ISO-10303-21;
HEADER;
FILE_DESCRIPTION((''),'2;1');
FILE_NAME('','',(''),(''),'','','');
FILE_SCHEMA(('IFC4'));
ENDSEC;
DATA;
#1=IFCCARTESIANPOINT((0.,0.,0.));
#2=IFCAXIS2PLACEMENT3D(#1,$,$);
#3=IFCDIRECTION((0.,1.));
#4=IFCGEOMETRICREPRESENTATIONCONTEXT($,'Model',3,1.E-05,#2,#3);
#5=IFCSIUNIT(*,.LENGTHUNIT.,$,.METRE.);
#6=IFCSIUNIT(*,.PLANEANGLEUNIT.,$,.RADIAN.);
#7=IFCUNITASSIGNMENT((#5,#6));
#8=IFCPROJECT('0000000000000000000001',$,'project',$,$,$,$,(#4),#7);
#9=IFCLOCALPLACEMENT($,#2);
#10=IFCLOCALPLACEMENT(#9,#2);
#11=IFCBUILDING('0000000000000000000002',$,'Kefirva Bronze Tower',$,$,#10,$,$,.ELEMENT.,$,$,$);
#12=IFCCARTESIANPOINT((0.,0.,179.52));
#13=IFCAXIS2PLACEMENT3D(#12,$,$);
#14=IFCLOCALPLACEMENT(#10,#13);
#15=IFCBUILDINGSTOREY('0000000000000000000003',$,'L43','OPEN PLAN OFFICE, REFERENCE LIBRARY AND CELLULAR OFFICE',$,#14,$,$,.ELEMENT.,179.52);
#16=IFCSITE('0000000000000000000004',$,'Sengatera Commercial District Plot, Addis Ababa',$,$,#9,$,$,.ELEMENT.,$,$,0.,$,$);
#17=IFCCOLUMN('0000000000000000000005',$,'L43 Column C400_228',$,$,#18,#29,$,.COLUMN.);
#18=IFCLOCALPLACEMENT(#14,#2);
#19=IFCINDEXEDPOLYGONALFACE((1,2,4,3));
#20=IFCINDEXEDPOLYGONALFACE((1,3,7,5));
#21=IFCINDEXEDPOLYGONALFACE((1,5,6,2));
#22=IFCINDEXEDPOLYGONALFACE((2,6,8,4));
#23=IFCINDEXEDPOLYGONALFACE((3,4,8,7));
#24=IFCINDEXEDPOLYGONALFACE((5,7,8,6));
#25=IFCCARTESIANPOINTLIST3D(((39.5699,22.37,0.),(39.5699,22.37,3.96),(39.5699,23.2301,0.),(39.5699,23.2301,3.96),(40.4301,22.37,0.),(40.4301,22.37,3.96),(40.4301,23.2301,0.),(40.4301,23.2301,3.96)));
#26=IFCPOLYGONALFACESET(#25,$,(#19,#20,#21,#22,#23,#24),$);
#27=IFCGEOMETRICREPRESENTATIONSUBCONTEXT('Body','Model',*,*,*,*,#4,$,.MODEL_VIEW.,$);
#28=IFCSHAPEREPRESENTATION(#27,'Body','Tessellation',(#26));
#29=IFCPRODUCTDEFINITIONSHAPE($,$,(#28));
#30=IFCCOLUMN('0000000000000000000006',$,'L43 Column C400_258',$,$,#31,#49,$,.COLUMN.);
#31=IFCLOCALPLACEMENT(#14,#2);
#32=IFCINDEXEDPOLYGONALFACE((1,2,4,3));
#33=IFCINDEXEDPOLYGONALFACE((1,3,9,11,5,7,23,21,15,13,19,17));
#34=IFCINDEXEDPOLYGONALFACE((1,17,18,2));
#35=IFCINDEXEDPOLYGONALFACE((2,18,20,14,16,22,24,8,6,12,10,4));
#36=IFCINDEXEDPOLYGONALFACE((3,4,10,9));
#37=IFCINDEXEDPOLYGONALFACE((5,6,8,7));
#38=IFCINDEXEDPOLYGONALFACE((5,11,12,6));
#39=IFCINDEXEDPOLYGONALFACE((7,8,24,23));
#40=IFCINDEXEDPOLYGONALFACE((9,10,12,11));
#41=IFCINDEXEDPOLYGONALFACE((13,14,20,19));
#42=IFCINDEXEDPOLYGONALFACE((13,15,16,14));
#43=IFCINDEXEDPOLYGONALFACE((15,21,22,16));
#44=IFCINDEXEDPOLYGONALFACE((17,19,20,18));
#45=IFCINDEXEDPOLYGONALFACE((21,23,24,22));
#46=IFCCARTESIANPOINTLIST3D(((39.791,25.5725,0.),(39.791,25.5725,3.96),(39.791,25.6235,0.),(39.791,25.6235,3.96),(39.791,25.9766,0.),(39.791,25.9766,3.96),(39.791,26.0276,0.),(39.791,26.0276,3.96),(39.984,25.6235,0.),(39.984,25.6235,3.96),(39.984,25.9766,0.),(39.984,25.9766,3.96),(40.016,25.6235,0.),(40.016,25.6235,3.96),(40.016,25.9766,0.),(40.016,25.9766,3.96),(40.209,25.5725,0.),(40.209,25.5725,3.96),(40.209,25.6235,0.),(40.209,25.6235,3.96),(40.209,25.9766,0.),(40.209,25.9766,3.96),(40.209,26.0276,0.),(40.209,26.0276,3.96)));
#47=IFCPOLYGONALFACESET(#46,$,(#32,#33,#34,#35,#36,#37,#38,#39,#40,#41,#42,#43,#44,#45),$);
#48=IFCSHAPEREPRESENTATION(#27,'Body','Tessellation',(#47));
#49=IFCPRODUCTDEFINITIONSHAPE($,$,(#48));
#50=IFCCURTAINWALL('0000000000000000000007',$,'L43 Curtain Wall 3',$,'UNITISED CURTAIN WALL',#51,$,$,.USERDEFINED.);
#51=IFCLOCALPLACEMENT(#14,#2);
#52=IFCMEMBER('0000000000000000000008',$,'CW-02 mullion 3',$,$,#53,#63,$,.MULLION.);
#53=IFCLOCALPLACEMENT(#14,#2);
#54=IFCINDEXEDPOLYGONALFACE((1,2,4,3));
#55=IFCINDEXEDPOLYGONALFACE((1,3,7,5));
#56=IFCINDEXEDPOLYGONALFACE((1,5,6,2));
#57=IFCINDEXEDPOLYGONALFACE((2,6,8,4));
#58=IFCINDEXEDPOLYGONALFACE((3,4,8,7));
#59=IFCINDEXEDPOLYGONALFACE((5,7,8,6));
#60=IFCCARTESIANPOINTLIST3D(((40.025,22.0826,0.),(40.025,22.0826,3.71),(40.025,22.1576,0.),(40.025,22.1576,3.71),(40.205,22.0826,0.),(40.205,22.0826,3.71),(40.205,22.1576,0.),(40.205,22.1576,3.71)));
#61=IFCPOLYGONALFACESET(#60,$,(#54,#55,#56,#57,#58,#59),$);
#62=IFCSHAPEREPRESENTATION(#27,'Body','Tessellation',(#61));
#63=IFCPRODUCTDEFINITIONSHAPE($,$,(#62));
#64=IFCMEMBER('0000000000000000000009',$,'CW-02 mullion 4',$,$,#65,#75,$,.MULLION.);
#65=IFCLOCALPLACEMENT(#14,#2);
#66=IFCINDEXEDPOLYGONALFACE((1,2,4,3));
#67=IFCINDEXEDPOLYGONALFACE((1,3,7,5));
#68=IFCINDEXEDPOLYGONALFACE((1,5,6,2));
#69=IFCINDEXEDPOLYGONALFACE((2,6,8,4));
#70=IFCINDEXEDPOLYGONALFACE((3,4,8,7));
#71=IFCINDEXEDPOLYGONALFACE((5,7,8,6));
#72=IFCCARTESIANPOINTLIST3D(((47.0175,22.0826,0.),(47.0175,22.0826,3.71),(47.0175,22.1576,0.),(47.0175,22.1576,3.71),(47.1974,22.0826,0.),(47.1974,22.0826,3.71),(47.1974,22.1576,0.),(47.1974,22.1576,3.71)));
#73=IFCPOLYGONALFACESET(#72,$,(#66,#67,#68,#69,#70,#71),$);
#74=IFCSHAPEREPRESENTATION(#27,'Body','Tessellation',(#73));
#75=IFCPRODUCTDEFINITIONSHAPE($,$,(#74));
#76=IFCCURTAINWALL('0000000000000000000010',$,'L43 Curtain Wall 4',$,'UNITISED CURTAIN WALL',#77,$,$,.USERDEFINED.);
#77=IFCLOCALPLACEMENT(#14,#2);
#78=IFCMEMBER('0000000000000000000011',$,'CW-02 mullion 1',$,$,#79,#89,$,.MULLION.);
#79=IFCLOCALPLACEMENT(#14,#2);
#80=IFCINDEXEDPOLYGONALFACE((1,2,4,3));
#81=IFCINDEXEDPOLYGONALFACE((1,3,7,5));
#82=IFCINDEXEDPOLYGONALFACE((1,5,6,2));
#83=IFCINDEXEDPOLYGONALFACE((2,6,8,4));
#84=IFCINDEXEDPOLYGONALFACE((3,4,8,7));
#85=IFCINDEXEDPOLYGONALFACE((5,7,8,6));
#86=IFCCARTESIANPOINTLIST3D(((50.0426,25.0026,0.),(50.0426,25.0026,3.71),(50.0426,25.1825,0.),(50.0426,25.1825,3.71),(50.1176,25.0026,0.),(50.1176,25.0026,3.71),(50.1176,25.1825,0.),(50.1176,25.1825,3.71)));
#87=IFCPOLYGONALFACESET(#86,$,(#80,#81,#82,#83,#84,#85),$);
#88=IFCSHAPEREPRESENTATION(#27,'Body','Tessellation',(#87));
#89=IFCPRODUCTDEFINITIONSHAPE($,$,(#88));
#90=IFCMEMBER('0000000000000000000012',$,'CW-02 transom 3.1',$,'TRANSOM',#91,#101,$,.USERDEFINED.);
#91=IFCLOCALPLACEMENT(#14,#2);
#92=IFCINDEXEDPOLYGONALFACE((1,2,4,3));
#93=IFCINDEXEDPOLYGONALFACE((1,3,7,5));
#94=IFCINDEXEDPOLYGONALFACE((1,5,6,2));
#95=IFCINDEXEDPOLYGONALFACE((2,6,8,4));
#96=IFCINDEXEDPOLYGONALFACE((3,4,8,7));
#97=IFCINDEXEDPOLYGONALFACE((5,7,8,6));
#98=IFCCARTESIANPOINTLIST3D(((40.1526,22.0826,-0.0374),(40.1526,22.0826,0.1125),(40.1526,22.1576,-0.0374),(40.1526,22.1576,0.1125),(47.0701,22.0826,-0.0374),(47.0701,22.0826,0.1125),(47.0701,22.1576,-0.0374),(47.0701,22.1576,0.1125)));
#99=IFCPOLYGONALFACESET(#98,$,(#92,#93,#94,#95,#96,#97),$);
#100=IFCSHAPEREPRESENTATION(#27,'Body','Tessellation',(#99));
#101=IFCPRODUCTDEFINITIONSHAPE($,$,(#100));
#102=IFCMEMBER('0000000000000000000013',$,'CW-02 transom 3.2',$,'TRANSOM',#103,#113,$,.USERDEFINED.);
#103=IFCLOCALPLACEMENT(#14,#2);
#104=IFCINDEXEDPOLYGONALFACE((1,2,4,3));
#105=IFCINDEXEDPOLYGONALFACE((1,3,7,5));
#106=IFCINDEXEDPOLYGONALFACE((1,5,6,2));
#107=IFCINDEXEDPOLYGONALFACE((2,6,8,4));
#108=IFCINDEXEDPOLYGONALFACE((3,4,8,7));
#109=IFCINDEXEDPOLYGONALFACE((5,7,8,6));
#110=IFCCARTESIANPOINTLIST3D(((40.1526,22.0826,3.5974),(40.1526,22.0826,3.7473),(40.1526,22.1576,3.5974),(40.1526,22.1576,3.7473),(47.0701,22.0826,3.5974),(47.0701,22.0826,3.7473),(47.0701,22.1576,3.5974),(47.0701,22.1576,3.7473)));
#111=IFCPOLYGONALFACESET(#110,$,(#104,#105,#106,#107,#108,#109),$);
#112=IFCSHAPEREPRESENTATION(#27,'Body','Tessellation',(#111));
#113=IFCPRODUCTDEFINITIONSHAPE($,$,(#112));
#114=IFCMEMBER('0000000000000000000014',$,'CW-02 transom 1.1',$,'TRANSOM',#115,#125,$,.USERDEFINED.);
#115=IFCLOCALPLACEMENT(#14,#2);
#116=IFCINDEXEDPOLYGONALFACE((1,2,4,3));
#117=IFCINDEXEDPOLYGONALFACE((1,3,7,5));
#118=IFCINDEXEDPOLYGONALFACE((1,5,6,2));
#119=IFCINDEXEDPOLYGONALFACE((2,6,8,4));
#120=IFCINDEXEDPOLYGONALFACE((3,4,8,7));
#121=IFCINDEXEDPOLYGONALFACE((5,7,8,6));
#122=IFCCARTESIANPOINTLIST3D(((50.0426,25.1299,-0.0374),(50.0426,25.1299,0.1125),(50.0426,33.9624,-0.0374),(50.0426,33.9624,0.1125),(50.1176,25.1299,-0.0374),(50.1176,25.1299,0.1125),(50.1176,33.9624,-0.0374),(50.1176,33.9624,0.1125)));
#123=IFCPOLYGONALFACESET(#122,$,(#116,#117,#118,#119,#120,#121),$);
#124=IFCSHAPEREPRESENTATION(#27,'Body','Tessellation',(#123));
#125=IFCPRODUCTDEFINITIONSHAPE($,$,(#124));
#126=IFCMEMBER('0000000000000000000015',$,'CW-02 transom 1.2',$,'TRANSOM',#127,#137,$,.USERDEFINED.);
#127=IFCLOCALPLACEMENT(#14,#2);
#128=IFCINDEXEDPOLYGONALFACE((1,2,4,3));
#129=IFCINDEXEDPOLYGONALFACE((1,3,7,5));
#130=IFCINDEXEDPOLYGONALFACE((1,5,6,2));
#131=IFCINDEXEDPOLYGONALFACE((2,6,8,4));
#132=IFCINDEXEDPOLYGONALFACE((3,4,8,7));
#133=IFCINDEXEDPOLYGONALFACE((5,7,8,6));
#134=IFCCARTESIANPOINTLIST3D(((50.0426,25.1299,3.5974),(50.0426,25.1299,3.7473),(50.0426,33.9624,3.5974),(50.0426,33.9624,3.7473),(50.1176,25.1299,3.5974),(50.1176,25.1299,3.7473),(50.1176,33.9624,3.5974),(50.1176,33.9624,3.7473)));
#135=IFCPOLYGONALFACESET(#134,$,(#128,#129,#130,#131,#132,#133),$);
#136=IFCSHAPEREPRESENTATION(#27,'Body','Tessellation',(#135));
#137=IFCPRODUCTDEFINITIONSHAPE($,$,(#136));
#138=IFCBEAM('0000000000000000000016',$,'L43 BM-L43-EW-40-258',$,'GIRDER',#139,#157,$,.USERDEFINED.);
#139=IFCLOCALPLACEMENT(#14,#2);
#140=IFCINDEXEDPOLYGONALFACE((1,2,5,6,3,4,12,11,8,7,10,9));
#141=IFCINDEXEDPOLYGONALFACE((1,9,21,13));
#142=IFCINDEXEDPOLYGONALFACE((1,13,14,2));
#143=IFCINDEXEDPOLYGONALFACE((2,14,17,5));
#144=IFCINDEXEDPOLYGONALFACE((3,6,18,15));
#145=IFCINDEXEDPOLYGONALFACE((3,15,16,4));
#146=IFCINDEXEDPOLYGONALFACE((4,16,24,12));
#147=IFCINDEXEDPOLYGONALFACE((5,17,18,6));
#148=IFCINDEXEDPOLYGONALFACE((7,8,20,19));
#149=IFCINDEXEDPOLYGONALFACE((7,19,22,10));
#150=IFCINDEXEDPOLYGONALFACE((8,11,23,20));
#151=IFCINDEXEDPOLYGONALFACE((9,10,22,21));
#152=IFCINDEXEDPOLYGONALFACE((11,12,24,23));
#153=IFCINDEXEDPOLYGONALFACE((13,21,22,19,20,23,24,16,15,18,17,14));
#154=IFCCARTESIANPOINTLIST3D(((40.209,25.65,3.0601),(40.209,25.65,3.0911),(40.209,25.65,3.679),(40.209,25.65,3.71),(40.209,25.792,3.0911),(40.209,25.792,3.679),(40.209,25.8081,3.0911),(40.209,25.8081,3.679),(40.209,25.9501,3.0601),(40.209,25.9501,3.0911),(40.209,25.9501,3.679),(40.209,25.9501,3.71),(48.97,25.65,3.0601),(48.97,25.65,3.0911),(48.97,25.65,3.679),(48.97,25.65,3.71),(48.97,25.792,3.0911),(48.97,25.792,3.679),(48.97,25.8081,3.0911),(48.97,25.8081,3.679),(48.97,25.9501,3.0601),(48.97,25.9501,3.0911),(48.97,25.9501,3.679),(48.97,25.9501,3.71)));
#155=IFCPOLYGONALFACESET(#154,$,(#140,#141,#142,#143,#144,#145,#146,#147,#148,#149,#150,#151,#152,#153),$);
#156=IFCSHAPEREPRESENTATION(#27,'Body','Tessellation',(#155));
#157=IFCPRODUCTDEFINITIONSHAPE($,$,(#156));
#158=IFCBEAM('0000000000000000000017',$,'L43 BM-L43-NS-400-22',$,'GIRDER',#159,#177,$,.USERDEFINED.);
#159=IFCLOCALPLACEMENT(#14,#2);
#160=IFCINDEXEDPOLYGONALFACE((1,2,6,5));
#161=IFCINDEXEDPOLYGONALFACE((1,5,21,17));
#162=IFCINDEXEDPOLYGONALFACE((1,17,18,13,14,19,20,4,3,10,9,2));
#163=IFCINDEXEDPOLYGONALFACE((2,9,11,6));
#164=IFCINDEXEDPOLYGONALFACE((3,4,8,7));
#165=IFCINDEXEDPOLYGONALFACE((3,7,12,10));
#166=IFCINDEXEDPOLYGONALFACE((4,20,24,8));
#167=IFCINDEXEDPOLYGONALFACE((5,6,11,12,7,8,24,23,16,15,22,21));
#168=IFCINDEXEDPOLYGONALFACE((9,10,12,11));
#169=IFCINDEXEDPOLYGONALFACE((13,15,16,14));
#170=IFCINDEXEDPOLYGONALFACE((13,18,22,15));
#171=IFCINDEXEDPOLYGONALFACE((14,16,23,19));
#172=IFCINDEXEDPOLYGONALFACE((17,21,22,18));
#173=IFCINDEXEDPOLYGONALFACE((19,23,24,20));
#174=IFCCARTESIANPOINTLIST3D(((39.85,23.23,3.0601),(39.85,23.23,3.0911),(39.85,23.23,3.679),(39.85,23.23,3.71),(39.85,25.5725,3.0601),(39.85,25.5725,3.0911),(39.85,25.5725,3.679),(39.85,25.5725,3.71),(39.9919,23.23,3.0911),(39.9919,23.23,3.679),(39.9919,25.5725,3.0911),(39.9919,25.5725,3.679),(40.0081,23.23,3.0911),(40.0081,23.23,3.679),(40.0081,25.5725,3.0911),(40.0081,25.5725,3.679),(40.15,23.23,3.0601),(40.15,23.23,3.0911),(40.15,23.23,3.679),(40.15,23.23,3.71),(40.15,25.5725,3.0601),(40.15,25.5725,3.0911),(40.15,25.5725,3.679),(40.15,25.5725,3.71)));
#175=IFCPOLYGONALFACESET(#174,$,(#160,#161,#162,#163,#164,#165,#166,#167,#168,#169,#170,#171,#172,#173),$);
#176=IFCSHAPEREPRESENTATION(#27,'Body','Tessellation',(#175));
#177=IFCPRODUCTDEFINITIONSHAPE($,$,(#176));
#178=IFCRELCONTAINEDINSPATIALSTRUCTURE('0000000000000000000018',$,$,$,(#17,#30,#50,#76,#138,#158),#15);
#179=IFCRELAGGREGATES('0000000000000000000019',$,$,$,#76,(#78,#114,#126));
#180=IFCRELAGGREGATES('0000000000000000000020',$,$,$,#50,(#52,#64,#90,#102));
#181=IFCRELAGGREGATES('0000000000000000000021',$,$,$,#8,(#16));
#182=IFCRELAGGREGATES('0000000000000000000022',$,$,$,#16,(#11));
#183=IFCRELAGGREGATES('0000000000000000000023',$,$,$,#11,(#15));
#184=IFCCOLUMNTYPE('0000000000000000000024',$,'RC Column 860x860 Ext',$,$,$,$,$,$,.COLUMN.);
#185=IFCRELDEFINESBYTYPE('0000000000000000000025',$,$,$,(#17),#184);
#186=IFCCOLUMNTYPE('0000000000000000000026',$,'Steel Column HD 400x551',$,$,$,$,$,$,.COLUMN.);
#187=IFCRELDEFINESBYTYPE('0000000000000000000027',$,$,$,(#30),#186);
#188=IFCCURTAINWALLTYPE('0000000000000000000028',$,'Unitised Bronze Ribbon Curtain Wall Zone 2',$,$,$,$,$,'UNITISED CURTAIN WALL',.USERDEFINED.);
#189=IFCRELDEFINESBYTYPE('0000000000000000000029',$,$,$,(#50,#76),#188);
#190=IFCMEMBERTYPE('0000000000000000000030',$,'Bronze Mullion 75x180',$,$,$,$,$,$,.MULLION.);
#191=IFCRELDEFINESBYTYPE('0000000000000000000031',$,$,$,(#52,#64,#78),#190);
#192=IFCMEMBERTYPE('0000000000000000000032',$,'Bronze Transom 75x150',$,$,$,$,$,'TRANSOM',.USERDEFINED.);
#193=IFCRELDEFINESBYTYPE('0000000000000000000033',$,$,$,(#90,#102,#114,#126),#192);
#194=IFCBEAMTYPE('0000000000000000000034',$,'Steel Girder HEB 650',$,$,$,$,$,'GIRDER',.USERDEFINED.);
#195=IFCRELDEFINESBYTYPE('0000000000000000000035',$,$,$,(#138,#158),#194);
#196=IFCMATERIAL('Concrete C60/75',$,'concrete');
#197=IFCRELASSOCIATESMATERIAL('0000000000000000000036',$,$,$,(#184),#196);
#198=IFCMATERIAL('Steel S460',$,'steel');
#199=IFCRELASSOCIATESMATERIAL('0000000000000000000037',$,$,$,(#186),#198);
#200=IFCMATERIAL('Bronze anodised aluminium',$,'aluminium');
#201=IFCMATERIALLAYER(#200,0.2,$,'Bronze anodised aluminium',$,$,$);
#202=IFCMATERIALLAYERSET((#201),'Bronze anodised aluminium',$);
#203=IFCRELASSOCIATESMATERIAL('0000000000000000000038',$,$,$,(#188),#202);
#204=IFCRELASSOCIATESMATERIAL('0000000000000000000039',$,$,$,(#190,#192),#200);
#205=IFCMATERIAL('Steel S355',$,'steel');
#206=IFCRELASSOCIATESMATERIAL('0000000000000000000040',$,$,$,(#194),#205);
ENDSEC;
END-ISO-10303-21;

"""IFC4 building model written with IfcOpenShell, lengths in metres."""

from ifc_helpers import new_model, si_unit, direction, frame, origin, origin_2d, place, context, subcontext, project, spatial, rectangle, i_section, extrude, material, layer, layer_set, material_profile, profile_set, type_object, element, aggregate, save


model = new_model("IFC4")

# Units and contexts
model_context = context("Model", 3, precision=1e-05, world=origin(), true_north=direction((0.0, 1.0)))
body_context = subcontext(model_context, "Body", "Model", "MODEL_VIEW")
ifc_project = project(units=[si_unit("LENGTHUNIT", "METRE"), si_unit("PLANEANGLEUNIT", "RADIAN")], contexts=[model_context])

# Site, building, storey
site_placement = place(None, origin())
site = spatial("IfcSite", under=ifc_project, at=site_placement, Name="Sengatera Commercial District Plot, Addis Ababa", CompositionType="ELEMENT", RefElevation=0.0)
building_placement = place(site_placement, origin())
building = spatial("IfcBuilding", under=site, at=building_placement, Name="Kefirva Bronze Tower", CompositionType="ELEMENT")
storey_placement = place(building_placement, frame((0.0, 0.0, 179.52)))
storey = spatial("IfcBuildingStorey", under=building, at=storey_placement, Name="L43", Description="OPEN PLAN OFFICE, REFERENCE LIBRARY AND CELLULAR OFFICE", CompositionType="ELEMENT", Elevation=179.52)

# Columns
ifc_material_1 = material(Name="Concrete C60/75", Category="concrete")
ifc_material_profile_1 = material_profile(ifc_material_1, rectangle(XDim=0.8601, YDim=0.8601, at=origin_2d()), Name="RC 860x860")
ifc_profile_set_1 = profile_set([ifc_material_profile_1], Name="Concrete C60/75")
column_type_1 = type_object("IfcColumnType", Name="RC Column 860x860 Ext", PredefinedType="COLUMN", material=ifc_profile_set_1)
column_1_placement = place(storey_placement, frame((40.0, 22.8, 0.0), z_axis=(0.0, 0.0, 1.0), x_axis=(1.0, 0.0, 0.0)))
element("IfcColumn", 1, at=column_1_placement, inside=storey, type_object=column_type_1, Name="L43 Column C400_228", PredefinedType="COLUMN", context=body_context, shape_type="SweptSolid", body=[
    extrude(rectangle(XDim=0.8601, YDim=0.8601, at=origin_2d()), origin(), (0.0, 0.0, 1.0), 3.96),
])
ifc_material_2 = material(Name="Steel S460", Category="steel")
ifc_material_profile_2 = material_profile(ifc_material_2, i_section(OverallWidth=0.418, OverallDepth=0.4551, WebThickness=0.032, FlangeThickness=0.051, at=origin_2d()), Name="HD 400x551")
ifc_profile_set_2 = profile_set([ifc_material_profile_2], Name="Steel S460")
column_type_2 = type_object("IfcColumnType", Name="Steel Column HD 400x551", PredefinedType="COLUMN", material=ifc_profile_set_2)
column_2_placement = place(storey_placement, frame((40.0, 25.8, 0.0), z_axis=(0.0, 0.0, 1.0), x_axis=(1.0, 0.0, 0.0)))
element("IfcColumn", 2, at=column_2_placement, inside=storey, type_object=column_type_2, Name="L43 Column C400_258", PredefinedType="COLUMN", context=body_context, shape_type="SweptSolid", body=[
    extrude(i_section(OverallWidth=0.418, OverallDepth=0.4551, WebThickness=0.032, FlangeThickness=0.051, at=origin_2d()), origin(), (0.0, 0.0, 1.0), 3.96),
])

# Curtain wall, members
ifc_material_3 = material(Name="Bronze anodised aluminium", Category="aluminium")
ifc_layer_1 = layer(ifc_material_3, 0.2, Name="Bronze anodised aluminium")
ifc_layer_set_1 = layer_set([ifc_layer_1], Name="Bronze anodised aluminium")
curtain_wall_type = type_object("IfcCurtainWallType", Name="Unitised Bronze Ribbon Curtain Wall Zone 2", ElementType="UNITISED CURTAIN WALL", PredefinedType="USERDEFINED", material=ifc_layer_set_1)
curtain_wall_1_placement = place(storey_placement, origin())
curtain_wall_1 = element("IfcCurtainWall", 3, at=curtain_wall_1_placement, inside=storey, type_object=curtain_wall_type, Name="L43 Curtain Wall 3", ObjectType="UNITISED CURTAIN WALL", PredefinedType="USERDEFINED")
ifc_material_profile_3 = material_profile(ifc_material_3, rectangle(XDim=0.075, YDim=0.1799, at=origin_2d()), Name="ALU 75x180")
ifc_profile_set_3 = profile_set([ifc_material_profile_3], Name="Bronze anodised aluminium")
member_type_1 = type_object("IfcMemberType", Name="Bronze Mullion 75x180", PredefinedType="MULLION", material=ifc_profile_set_3)
member_1_placement = place(storey_placement, frame((40.115, 22.1201, 0.0), z_axis=(0.0, 0.0, 1.0), x_axis=(0.0, 1.0, 0.0)))
member_1 = element("IfcMember", 4, at=member_1_placement, type_object=member_type_1, Name="CW-02 mullion 3", PredefinedType="MULLION", context=body_context, shape_type="SweptSolid", body=[
    extrude(rectangle(XDim=0.075, YDim=0.1799, at=origin_2d()), origin(), (0.0, 0.0, 1.0), 3.71),
])
member_2_placement = place(storey_placement, frame((47.1074, 22.1201, 0.0), z_axis=(0.0, 0.0, 1.0), x_axis=(0.0, 1.0, 0.0)))
member_2 = element("IfcMember", 5, at=member_2_placement, type_object=member_type_1, Name="CW-02 mullion 4", PredefinedType="MULLION", context=body_context, shape_type="SweptSolid", body=[
    extrude(rectangle(XDim=0.075, YDim=0.1799, at=origin_2d()), origin(), (0.0, 0.0, 1.0), 3.71),
])

# Curtain wall, member
curtain_wall_2_placement = place(storey_placement, origin())
curtain_wall_2 = element("IfcCurtainWall", 6, at=curtain_wall_2_placement, inside=storey, type_object=curtain_wall_type, Name="L43 Curtain Wall 4", ObjectType="UNITISED CURTAIN WALL", PredefinedType="USERDEFINED")
member_3_placement = place(storey_placement, frame((50.0801, 25.0925, 0.0), z_axis=(0.0, 0.0, 1.0), x_axis=(-1.0, 0.0, 0.0)))
member_3 = element("IfcMember", 7, at=member_3_placement, type_object=member_type_1, Name="CW-02 mullion 1", PredefinedType="MULLION", context=body_context, shape_type="SweptSolid", body=[
    extrude(rectangle(XDim=0.075, YDim=0.1799, at=origin_2d()), origin(), (0.0, 0.0, 1.0), 3.71),
])

# Members
ifc_material_profile_4 = material_profile(ifc_material_3, rectangle(XDim=0.075, YDim=0.1499, at=origin_2d()), Name="ALU 75x150")
ifc_profile_set_4 = profile_set([ifc_material_profile_4], Name="Bronze anodised aluminium")
member_type_2 = type_object("IfcMemberType", Name="Bronze Transom 75x150", ElementType="TRANSOM", PredefinedType="USERDEFINED", material=ifc_profile_set_4)
member_4_placement = place(storey_placement, frame((40.1526, 22.1201, 0.0376), z_axis=(1.0, 0.0, 0.0), x_axis=(0.0, 1.0, 0.0)))
member_4 = element("IfcMember", 8, at=member_4_placement, type_object=member_type_2, Name="CW-02 transom 3.1", ObjectType="TRANSOM", PredefinedType="USERDEFINED", context=body_context, shape_type="SweptSolid", body=[
    extrude(rectangle(XDim=0.075, YDim=0.1499, at=origin_2d()), origin(), (0.0, 0.0, 1.0), 6.9175),
])
member_5_placement = place(storey_placement, frame((40.1526, 22.1201, 3.6724), z_axis=(1.0, 0.0, 0.0), x_axis=(0.0, 1.0, 0.0)))
member_5 = element("IfcMember", 9, at=member_5_placement, type_object=member_type_2, Name="CW-02 transom 3.2", ObjectType="TRANSOM", PredefinedType="USERDEFINED", context=body_context, shape_type="SweptSolid", body=[
    extrude(rectangle(XDim=0.075, YDim=0.1499, at=origin_2d()), origin(), (0.0, 0.0, 1.0), 6.9175),
])
member_6_placement = place(storey_placement, frame((50.0801, 25.1299, 0.0376), z_axis=(0.0, 1.0, 0.0), x_axis=(-1.0, 0.0, 0.0)))
member_6 = element("IfcMember", 10, at=member_6_placement, type_object=member_type_2, Name="CW-02 transom 1.1", ObjectType="TRANSOM", PredefinedType="USERDEFINED", context=body_context, shape_type="SweptSolid", body=[
    extrude(rectangle(XDim=0.075, YDim=0.1499, at=origin_2d()), origin(), (0.0, 0.0, 1.0), 8.8325),
])
member_7_placement = place(storey_placement, frame((50.0801, 25.1299, 3.6724), z_axis=(0.0, 1.0, 0.0), x_axis=(-1.0, 0.0, 0.0)))
member_7 = element("IfcMember", 11, at=member_7_placement, type_object=member_type_2, Name="CW-02 transom 1.2", ObjectType="TRANSOM", PredefinedType="USERDEFINED", context=body_context, shape_type="SweptSolid", body=[
    extrude(rectangle(XDim=0.075, YDim=0.1499, at=origin_2d()), origin(), (0.0, 0.0, 1.0), 8.8325),
])
aggregate(curtain_wall_2, [member_3, member_6, member_7])

# Beams
ifc_material_4 = material(Name="Steel S355", Category="steel")
ifc_material_profile_5 = material_profile(ifc_material_4, i_section(OverallWidth=0.3, OverallDepth=0.6499, WebThickness=0.0161, FlangeThickness=0.031, at=origin_2d()), Name="HEB 650")
ifc_profile_set_5 = profile_set([ifc_material_profile_5], Name="Steel S355")
beam_type = type_object("IfcBeamType", Name="Steel Girder HEB 650", ElementType="GIRDER", PredefinedType="USERDEFINED", material=ifc_profile_set_5)
beam_1_placement = place(storey_placement, frame((40.209, 25.8, 3.385), z_axis=(1.0, 0.0, 0.0), x_axis=(0.0, 1.0, 0.0)))
element("IfcBeam", 12, at=beam_1_placement, inside=storey, type_object=beam_type, Name="L43 BM-L43-EW-40-258", ObjectType="GIRDER", PredefinedType="USERDEFINED", context=body_context, shape_type="SweptSolid", body=[
    extrude(i_section(OverallWidth=0.3, OverallDepth=0.6499, WebThickness=0.0161, FlangeThickness=0.031, at=origin_2d()), origin(), (0.0, 0.0, 1.0), 8.761),
])
beam_2_placement = place(storey_placement, frame((40.0, 23.23, 3.385), z_axis=(0.0, 1.0, 0.0), x_axis=(-1.0, 0.0, 0.0)))
element("IfcBeam", 13, at=beam_2_placement, inside=storey, type_object=beam_type, Name="L43 BM-L43-NS-400-22", ObjectType="GIRDER", PredefinedType="USERDEFINED", context=body_context, shape_type="SweptSolid", body=[
    extrude(i_section(OverallWidth=0.3, OverallDepth=0.6499, WebThickness=0.0161, FlangeThickness=0.031, at=origin_2d()), origin(), (0.0, 0.0, 1.0), 2.3425),
])

aggregate(curtain_wall_1, [member_1, member_2, member_4, member_5])

save(model, "model.ifc")
